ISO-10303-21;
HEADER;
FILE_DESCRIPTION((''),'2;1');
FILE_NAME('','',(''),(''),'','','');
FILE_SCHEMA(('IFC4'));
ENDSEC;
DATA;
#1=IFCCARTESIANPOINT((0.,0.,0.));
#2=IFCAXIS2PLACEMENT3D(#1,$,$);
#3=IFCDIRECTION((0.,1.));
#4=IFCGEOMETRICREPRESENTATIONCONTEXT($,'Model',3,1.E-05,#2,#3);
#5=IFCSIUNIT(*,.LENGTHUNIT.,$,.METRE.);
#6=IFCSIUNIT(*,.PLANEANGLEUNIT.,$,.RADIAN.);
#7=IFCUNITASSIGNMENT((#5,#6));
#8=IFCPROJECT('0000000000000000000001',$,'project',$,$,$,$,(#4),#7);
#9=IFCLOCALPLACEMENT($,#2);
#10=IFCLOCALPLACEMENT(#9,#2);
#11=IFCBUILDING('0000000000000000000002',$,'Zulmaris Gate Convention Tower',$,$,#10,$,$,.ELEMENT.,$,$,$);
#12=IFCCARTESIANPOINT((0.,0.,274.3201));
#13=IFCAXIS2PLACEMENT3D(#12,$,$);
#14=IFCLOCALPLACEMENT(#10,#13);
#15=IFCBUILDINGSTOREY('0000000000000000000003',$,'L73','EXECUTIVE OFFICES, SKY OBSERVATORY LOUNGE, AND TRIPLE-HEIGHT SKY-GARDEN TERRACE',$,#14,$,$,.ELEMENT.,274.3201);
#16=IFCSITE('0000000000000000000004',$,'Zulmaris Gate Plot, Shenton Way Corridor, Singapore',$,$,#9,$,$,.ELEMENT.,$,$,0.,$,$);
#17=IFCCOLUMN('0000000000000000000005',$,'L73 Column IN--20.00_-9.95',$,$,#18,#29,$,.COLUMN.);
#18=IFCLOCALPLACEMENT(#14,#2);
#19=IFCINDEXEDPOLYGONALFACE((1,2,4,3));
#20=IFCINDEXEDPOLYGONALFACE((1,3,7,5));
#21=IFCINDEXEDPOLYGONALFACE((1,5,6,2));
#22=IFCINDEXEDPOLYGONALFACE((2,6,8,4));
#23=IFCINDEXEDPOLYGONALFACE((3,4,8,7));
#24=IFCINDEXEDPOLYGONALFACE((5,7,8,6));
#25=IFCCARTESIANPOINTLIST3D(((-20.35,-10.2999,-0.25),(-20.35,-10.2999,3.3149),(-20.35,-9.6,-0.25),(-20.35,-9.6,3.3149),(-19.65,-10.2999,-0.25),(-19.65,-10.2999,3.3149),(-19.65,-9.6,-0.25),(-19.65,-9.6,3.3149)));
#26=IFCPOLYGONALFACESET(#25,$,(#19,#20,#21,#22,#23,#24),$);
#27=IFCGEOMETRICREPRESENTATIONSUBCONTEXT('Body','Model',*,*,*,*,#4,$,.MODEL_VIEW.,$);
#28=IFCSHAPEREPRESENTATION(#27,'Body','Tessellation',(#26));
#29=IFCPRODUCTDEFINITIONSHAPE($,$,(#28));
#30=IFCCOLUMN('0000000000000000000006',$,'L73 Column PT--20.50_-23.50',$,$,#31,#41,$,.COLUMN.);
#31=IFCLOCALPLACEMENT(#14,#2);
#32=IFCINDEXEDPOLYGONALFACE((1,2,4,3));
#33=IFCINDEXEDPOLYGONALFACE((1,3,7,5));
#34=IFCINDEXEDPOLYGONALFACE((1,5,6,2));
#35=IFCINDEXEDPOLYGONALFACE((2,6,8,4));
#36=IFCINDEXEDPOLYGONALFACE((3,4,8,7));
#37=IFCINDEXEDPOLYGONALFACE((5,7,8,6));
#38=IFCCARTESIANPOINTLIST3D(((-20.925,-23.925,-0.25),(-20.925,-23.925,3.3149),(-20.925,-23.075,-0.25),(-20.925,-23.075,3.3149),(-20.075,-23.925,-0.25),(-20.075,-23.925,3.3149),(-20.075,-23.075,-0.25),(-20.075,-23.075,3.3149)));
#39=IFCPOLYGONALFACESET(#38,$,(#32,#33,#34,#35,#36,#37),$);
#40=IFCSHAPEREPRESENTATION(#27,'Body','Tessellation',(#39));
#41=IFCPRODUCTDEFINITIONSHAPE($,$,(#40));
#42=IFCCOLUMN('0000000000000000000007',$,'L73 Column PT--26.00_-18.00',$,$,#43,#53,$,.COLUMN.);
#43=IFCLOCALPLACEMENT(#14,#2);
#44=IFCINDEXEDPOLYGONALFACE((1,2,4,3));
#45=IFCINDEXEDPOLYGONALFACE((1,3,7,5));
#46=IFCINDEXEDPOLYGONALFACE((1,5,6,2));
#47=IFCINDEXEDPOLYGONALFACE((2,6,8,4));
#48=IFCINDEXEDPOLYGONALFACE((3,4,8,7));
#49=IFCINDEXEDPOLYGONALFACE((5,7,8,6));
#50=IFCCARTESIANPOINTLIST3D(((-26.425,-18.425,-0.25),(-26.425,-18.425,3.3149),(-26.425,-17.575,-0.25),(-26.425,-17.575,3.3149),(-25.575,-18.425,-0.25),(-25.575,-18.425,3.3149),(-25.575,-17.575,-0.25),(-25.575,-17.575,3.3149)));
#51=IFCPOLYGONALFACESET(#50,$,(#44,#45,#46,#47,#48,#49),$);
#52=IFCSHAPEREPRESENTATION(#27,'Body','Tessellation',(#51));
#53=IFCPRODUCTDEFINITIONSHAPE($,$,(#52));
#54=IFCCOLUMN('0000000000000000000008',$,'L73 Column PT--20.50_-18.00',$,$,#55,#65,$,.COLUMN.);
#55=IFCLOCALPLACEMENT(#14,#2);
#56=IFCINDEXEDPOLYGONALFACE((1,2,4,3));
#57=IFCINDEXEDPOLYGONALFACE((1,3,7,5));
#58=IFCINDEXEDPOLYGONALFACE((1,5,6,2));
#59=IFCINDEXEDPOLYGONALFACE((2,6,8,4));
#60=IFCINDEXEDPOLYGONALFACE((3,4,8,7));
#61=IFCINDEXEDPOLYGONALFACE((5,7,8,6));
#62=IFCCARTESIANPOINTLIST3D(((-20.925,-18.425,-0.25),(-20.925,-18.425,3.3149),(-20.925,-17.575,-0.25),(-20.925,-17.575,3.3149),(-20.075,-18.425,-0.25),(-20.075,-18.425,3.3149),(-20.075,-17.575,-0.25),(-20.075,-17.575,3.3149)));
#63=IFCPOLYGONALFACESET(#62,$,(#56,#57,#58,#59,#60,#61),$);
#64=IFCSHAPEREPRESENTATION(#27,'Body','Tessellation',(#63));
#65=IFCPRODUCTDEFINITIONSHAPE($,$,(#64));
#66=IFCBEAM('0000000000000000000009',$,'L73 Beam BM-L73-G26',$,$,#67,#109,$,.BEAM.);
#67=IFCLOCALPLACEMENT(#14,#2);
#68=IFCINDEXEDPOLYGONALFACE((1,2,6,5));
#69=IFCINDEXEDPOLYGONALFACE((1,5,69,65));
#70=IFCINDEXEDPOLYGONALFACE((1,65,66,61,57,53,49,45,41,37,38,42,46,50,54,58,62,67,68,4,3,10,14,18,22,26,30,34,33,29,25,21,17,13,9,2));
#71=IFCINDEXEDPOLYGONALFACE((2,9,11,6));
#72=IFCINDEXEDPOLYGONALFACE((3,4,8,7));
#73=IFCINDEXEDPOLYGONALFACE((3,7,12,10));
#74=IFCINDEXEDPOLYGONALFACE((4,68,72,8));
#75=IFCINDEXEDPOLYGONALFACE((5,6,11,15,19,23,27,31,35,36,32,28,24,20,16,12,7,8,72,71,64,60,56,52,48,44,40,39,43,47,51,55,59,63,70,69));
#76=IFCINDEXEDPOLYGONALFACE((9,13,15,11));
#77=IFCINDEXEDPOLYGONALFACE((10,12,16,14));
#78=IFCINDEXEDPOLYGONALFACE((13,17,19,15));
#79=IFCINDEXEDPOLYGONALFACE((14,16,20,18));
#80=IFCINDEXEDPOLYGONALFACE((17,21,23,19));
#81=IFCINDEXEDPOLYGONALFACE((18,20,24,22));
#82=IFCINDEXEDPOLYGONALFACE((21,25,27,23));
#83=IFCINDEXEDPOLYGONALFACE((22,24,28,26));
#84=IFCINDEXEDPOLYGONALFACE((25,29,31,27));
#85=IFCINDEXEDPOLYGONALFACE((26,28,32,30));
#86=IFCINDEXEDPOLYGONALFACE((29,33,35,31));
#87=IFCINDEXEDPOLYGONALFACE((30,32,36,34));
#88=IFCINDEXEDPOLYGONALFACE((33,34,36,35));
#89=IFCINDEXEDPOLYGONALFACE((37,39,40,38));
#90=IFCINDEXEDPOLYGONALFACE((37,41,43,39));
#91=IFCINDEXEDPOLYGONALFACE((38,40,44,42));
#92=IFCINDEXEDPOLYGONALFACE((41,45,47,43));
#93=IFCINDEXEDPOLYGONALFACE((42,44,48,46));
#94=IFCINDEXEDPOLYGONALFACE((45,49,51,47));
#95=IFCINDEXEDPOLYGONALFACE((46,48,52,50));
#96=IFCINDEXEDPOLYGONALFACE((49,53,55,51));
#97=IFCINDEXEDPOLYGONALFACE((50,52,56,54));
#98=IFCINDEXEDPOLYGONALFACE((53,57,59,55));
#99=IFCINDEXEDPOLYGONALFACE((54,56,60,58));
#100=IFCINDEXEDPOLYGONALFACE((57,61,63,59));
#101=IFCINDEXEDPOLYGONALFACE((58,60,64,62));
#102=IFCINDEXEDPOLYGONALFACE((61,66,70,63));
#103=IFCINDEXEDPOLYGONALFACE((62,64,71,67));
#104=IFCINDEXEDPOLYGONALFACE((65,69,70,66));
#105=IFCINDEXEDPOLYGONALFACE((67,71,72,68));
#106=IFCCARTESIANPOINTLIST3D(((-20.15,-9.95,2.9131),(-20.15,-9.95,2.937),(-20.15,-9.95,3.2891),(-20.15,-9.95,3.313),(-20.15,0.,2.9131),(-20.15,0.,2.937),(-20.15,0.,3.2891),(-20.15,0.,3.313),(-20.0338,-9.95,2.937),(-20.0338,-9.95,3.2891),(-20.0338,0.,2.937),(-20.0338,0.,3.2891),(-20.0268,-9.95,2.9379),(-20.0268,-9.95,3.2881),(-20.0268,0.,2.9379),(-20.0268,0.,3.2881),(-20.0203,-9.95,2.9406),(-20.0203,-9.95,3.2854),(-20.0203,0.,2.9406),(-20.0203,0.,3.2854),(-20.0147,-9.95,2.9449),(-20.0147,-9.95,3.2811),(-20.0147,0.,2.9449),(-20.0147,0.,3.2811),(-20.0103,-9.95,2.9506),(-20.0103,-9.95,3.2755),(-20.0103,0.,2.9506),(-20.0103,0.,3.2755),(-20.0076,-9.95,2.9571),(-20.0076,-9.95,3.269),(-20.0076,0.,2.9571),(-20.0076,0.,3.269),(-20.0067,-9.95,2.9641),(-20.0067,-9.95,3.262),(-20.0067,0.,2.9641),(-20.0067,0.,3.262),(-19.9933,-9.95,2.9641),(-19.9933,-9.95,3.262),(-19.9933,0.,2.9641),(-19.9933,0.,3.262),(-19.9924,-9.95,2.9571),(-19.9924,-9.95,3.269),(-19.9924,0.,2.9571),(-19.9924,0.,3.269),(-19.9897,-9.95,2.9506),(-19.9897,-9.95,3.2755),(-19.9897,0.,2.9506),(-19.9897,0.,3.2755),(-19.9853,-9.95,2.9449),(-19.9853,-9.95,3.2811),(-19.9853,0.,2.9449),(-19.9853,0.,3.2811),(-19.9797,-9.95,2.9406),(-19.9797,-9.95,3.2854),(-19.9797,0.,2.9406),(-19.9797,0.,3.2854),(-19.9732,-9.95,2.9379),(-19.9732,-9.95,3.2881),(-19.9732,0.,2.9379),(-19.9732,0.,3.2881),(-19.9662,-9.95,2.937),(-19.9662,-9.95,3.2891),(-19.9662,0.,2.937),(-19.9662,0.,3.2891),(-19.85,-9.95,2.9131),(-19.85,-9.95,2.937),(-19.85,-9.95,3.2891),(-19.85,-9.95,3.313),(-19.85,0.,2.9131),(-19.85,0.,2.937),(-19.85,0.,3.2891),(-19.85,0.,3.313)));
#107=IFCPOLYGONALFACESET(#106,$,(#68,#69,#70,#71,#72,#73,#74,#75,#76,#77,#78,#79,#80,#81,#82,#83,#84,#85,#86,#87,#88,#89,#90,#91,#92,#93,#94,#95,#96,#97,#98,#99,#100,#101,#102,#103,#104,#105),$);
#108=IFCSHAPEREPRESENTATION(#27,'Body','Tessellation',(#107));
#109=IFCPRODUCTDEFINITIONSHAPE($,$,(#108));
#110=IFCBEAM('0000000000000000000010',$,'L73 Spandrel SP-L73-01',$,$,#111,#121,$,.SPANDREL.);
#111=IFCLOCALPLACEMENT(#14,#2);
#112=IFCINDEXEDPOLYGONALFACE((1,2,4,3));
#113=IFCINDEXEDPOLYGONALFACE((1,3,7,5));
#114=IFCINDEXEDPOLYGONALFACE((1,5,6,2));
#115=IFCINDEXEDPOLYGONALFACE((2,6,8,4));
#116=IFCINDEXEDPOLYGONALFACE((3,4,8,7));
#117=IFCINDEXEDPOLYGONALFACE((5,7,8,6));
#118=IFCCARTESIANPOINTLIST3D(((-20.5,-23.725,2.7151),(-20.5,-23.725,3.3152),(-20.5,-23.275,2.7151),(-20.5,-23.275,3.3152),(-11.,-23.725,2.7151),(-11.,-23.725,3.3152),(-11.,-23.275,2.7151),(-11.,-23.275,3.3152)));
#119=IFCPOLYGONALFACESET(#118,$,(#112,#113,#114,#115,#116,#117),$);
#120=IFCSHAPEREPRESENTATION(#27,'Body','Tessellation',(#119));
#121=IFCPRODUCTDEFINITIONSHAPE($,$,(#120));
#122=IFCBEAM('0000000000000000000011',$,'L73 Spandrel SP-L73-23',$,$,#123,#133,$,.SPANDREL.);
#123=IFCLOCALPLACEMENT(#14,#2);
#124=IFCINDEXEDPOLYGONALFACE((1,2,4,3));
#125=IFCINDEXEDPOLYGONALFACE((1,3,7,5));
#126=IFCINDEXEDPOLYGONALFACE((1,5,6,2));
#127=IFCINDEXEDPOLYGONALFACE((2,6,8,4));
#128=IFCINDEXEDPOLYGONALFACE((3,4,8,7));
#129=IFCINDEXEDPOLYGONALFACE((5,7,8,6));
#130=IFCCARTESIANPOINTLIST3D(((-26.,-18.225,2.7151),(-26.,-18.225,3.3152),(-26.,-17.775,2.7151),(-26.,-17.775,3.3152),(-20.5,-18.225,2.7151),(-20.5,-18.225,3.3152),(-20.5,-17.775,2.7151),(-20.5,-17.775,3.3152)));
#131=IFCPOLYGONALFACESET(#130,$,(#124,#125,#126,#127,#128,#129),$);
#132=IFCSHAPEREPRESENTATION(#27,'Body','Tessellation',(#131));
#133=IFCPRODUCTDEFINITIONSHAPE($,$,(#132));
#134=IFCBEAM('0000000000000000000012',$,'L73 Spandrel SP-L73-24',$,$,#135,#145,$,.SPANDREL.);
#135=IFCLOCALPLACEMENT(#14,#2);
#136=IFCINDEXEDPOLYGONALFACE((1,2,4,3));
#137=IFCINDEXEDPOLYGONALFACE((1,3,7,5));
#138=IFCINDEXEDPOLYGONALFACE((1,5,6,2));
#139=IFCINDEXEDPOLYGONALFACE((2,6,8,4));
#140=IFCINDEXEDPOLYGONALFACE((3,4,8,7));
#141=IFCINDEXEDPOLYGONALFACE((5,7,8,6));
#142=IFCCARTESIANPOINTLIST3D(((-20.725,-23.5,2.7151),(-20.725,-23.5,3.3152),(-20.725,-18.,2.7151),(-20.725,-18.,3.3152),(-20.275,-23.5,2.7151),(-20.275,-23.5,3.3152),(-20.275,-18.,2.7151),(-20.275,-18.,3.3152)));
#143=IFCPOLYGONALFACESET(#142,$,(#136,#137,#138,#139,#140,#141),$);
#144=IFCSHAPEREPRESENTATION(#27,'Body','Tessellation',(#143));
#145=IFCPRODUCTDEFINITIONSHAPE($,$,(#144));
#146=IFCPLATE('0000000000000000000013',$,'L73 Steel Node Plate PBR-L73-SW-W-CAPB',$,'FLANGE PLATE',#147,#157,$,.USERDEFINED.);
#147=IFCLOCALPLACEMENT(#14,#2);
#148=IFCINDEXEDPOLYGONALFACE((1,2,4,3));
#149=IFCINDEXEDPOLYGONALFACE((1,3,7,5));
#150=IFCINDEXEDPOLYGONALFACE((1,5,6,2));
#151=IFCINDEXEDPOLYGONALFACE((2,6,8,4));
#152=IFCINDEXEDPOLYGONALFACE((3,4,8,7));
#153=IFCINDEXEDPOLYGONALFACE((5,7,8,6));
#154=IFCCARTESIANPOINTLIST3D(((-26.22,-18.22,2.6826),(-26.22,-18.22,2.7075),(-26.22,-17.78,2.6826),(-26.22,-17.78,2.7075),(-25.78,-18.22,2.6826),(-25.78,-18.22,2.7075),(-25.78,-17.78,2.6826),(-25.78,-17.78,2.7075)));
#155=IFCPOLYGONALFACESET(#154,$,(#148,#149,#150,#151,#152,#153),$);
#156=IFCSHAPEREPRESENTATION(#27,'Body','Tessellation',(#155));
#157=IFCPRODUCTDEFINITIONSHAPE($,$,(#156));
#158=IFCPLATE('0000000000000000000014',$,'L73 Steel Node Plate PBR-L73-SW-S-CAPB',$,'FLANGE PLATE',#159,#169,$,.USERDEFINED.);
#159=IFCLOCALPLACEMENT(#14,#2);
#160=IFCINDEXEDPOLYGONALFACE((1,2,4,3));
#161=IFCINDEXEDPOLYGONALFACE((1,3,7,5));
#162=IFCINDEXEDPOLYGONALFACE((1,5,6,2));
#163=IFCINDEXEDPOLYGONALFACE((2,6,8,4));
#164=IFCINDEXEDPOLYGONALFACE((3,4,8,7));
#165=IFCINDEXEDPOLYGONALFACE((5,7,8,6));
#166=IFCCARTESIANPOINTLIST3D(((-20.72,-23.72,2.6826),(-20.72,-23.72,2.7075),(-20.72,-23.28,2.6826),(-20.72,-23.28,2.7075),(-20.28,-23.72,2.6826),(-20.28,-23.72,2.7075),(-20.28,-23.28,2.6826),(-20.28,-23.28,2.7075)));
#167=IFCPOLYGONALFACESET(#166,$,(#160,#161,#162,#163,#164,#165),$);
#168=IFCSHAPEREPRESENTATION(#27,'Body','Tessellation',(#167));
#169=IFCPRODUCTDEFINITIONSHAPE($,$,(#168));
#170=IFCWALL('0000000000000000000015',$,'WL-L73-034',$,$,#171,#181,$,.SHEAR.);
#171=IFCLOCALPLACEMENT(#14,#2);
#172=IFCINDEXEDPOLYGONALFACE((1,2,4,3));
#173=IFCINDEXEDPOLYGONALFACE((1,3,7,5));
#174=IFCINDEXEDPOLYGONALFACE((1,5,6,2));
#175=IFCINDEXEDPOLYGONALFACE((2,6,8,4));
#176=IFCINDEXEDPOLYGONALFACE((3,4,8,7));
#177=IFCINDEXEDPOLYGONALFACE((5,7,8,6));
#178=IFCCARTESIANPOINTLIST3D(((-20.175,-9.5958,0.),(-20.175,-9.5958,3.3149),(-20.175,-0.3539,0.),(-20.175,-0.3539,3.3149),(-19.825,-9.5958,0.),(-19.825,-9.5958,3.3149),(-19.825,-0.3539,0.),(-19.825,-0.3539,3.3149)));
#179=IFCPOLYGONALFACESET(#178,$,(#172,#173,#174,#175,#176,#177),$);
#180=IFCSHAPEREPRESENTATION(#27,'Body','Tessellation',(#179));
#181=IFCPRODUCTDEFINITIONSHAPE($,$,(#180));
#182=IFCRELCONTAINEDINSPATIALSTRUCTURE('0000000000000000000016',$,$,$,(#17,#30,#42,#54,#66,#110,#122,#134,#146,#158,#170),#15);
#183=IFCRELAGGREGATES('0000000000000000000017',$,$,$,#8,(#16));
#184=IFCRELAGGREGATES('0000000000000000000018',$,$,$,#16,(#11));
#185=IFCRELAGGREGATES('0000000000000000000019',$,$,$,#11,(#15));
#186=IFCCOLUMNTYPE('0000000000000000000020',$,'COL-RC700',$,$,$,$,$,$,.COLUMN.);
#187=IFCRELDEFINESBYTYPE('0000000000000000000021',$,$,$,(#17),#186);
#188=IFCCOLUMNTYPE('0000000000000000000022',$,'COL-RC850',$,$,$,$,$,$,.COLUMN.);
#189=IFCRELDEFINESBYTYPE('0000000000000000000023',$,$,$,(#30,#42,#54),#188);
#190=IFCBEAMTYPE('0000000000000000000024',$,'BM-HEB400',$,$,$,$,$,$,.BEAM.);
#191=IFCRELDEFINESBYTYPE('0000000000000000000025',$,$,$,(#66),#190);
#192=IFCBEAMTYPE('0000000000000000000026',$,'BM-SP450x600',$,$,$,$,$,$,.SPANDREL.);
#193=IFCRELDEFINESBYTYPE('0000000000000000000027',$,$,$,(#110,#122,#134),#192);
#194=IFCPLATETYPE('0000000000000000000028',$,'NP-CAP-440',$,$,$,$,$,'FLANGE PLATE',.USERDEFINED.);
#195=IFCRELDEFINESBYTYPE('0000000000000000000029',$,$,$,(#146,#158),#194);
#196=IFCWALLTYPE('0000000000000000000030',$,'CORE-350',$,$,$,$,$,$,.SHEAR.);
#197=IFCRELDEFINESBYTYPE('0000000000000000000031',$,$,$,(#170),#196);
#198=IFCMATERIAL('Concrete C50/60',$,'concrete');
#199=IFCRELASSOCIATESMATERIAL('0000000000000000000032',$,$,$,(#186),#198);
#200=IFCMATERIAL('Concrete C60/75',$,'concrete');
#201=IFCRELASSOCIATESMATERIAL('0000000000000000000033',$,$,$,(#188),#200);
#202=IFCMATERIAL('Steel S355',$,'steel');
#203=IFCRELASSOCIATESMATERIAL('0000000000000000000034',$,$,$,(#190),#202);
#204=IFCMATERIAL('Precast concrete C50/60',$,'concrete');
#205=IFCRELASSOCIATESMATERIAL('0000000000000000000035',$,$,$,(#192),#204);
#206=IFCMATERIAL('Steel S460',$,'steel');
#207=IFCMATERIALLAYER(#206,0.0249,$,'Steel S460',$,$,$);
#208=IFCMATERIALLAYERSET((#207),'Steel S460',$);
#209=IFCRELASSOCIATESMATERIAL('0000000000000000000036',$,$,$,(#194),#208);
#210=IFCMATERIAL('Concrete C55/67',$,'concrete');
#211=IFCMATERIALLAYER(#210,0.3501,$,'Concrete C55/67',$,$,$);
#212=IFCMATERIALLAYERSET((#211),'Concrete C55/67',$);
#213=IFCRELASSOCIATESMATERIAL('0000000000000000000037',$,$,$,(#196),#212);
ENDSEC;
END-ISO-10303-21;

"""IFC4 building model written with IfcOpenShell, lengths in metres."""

from ifc_helpers import new_model, si_unit, direction, frame, frame_2d, origin, origin_2d, place, context, subcontext, project, spatial, rectangle, i_section, extrude, material, layer, layer_set, material_profile, profile_set, type_object, element, save


model = new_model("IFC4")

# Units and contexts
model_context = context("Model", 3, precision=1e-05, world=origin(), true_north=direction((0.0, 1.0)))
body_context = subcontext(model_context, "Body", "Model", "MODEL_VIEW")
ifc_project = project(units=[si_unit("LENGTHUNIT", "METRE"), si_unit("PLANEANGLEUNIT", "RADIAN")], contexts=[model_context])

# Site, building, storey
site_placement = place(None, origin())
site = spatial("IfcSite", under=ifc_project, at=site_placement, Name="Zulmaris Gate Plot, Shenton Way Corridor, Singapore", CompositionType="ELEMENT", RefElevation=0.0)
building_placement = place(site_placement, origin())
building = spatial("IfcBuilding", under=site, at=building_placement, Name="Zulmaris Gate Convention Tower", CompositionType="ELEMENT")
storey_placement = place(building_placement, frame((0.0, 0.0, 274.3201)))
storey = spatial("IfcBuildingStorey", under=building, at=storey_placement, Name="L73", Description="EXECUTIVE OFFICES, SKY OBSERVATORY LOUNGE, AND TRIPLE-HEIGHT SKY-GARDEN TERRACE", CompositionType="ELEMENT", Elevation=274.3201)

# Columns
ifc_material_1 = material(Name="Concrete C50/60", Category="concrete")
ifc_material_profile_1 = material_profile(ifc_material_1, rectangle(XDim=0.7, YDim=0.7, at=origin_2d()), Name="RC COL 700x700")
ifc_profile_set_1 = profile_set([ifc_material_profile_1], Name="Concrete C50/60")
column_type_1 = type_object("IfcColumnType", Name="COL-RC700", PredefinedType="COLUMN", material=ifc_profile_set_1)
column_placement = place(storey_placement, frame((-20.0, -9.95, -0.25), z_axis=(0.0, 0.0, 1.0), x_axis=(1.0, 0.0, 0.0)))
element("IfcColumn", 1, at=column_placement, inside=storey, type_object=column_type_1, Name="L73 Column IN--20.00_-9.95", PredefinedType="COLUMN", context=body_context, shape_type="SweptSolid", body=[
    extrude(rectangle(XDim=0.7, YDim=0.7, at=origin_2d()), origin(), (0.0, 0.0, 1.0), 3.5649),
])
ifc_material_2 = material(Name="Concrete C60/75", Category="concrete")
ifc_material_profile_2 = material_profile(ifc_material_2, rectangle(XDim=0.8501, YDim=0.8501, at=origin_2d()), Name="RC COL 850x850")
ifc_profile_set_2 = profile_set([ifc_material_profile_2], Name="Concrete C60/75")
column_type_2 = type_object("IfcColumnType", Name="COL-RC850", PredefinedType="COLUMN", material=ifc_profile_set_2)
for number, where, z_axis, x_axis, name in (
    (2, (-20.5, -23.5, -0.25), (0.0, 0.0, 1.0), (1.0, 0.0, 0.0), "L73 Column PT--20.50_-23.50"),
    (3, (-26.0, -18.0, -0.25), (0.0, 0.0, 1.0), (1.0, 0.0, 0.0), "L73 Column PT--26.00_-18.00"),
    (4, (-20.5, -18.0, -0.25), (0.0, 0.0, 1.0), (1.0, 0.0, 0.0), "L73 Column PT--20.50_-18.00"),
):
    element("IfcColumn", number, at=place(storey_placement, frame(where, z_axis=z_axis, x_axis=x_axis)), inside=storey, type_object=column_type_2, Name=name, PredefinedType="COLUMN", context=body_context, shape_type="SweptSolid", body=[
        extrude(rectangle(XDim=0.8501, YDim=0.8501, at=origin_2d()), origin(), (0.0, 0.0, 1.0), 3.5649),
    ])

# Beams
ifc_material_3 = material(Name="Steel S355", Category="steel")
ifc_material_profile_3 = material_profile(ifc_material_3, i_section(OverallWidth=0.3, OverallDepth=0.3999, WebThickness=0.0134, FlangeThickness=0.0239, FilletRadius=0.0271, at=origin_2d()), Name="HEB 400")
ifc_profile_set_3 = profile_set([ifc_material_profile_3], Name="Steel S355")
beam_type_1 = type_object("IfcBeamType", Name="BM-HEB400", PredefinedType="BEAM", material=ifc_profile_set_3)
beam_1_placement = place(storey_placement, frame((-20.0, -9.95, 3.113), z_axis=(0.0, 1.0, 0.0), x_axis=(-1.0, 0.0, 0.0)))
element("IfcBeam", 5, at=beam_1_placement, inside=storey, type_object=beam_type_1, Name="L73 Beam BM-L73-G26", PredefinedType="BEAM", context=body_context, shape_type="SweptSolid", body=[
    extrude(i_section(OverallWidth=0.3, OverallDepth=0.3999, WebThickness=0.0134, FlangeThickness=0.0239, FilletRadius=0.0271, at=origin_2d()), origin(), (0.0, 0.0, 1.0), 9.95),
])
ifc_material_4 = material(Name="Precast concrete C50/60", Category="concrete")
ifc_material_profile_4 = material_profile(ifc_material_4, rectangle(XDim=0.45, YDim=0.6001, at=origin_2d()), Name="RC SPANDREL 450x600")
ifc_profile_set_4 = profile_set([ifc_material_profile_4], Name="Precast concrete C50/60")
beam_type_2 = type_object("IfcBeamType", Name="BM-SP450x600", PredefinedType="SPANDREL", material=ifc_profile_set_4)
beam_2_placement = place(storey_placement, frame((-20.5, -23.5, 3.0151), z_axis=(1.0, 0.0, 0.0), x_axis=(0.0, 1.0, 0.0)))
element("IfcBeam", 6, at=beam_2_placement, inside=storey, type_object=beam_type_2, Name="L73 Spandrel SP-L73-01", PredefinedType="SPANDREL", context=body_context, shape_type="SweptSolid", body=[
    extrude(rectangle(XDim=0.45, YDim=0.6001, at=origin_2d()), origin(), (0.0, 0.0, 1.0), 9.5),
])
for number, where, z_axis, x_axis, name in (
    (7, (-26.0, -18.0, 3.0151), (1.0, 0.0, 0.0), (0.0, 1.0, 0.0), "L73 Spandrel SP-L73-23"),
    (8, (-20.5, -18.0, 3.0151), (0.0, -1.0, 0.0), (1.0, 0.0, 0.0), "L73 Spandrel SP-L73-24"),
):
    element("IfcBeam", number, at=place(storey_placement, frame(where, z_axis=z_axis, x_axis=x_axis)), inside=storey, type_object=beam_type_2, Name=name, PredefinedType="SPANDREL", context=body_context, shape_type="SweptSolid", body=[
        extrude(rectangle(XDim=0.45, YDim=0.6001, at=origin_2d()), origin(), (0.0, 0.0, 1.0), 5.5),
    ])

# Plates
ifc_material_5 = material(Name="Steel S460", Category="steel")
ifc_layer_1 = layer(ifc_material_5, 0.0249, Name="Steel S460")
ifc_layer_set_1 = layer_set([ifc_layer_1], Name="Steel S460")
plate_type = type_object("IfcPlateType", Name="NP-CAP-440", ElementType="FLANGE PLATE", PredefinedType="USERDEFINED", material=ifc_layer_set_1)
for number, where, z_axis, x_axis, name in (
    (9, (-26.0, -18.0, 2.6826), (0.0, 0.0, 1.0), (1.0, 0.0, 0.0), "L73 Steel Node Plate PBR-L73-SW-W-CAPB"),
    (10, (-20.5, -23.5, 2.6826), (0.0, 0.0, 1.0), (1.0, 0.0, 0.0), "L73 Steel Node Plate PBR-L73-SW-S-CAPB"),
):
    element("IfcPlate", number, at=place(storey_placement, frame(where, z_axis=z_axis, x_axis=x_axis)), inside=storey, type_object=plate_type, Name=name, ObjectType="FLANGE PLATE", PredefinedType="USERDEFINED", context=body_context, shape_type="SweptSolid", body=[
        extrude(rectangle(XDim=0.4399, YDim=0.4399, at=origin_2d()), origin(), (0.0, 0.0, 1.0), 0.0249),
    ])

# Shared definitions
ifc_material_6 = material(Name="Concrete C55/67", Category="concrete")
ifc_layer_2 = layer(ifc_material_6, 0.3501, Name="Concrete C55/67")
ifc_layer_set_2 = layer_set([ifc_layer_2], Name="Concrete C55/67")
wall_type_1 = type_object("IfcWallType", Name="CORE-350", PredefinedType="SHEAR", material=ifc_layer_set_2)

# Wall
wall_1_placement = place(storey_placement, frame((-20.0, -9.5959, 0.0), z_axis=(0.0, 0.0, 1.0), x_axis=(0.0, 1.0, 0.0)))
element("IfcWall", 11, at=wall_1_placement, inside=storey, type_object=wall_type_1, Name="WL-L73-034", PredefinedType="SHEAR", context=body_context, shape_type="SweptSolid", body=[
    extrude(rectangle(XDim=9.2419, YDim=0.3501, at=frame_2d((4.6211, 0.0))), origin(), (0.0, 0.0, 1.0), 3.3149),
])

save(model, "model.ifc")
